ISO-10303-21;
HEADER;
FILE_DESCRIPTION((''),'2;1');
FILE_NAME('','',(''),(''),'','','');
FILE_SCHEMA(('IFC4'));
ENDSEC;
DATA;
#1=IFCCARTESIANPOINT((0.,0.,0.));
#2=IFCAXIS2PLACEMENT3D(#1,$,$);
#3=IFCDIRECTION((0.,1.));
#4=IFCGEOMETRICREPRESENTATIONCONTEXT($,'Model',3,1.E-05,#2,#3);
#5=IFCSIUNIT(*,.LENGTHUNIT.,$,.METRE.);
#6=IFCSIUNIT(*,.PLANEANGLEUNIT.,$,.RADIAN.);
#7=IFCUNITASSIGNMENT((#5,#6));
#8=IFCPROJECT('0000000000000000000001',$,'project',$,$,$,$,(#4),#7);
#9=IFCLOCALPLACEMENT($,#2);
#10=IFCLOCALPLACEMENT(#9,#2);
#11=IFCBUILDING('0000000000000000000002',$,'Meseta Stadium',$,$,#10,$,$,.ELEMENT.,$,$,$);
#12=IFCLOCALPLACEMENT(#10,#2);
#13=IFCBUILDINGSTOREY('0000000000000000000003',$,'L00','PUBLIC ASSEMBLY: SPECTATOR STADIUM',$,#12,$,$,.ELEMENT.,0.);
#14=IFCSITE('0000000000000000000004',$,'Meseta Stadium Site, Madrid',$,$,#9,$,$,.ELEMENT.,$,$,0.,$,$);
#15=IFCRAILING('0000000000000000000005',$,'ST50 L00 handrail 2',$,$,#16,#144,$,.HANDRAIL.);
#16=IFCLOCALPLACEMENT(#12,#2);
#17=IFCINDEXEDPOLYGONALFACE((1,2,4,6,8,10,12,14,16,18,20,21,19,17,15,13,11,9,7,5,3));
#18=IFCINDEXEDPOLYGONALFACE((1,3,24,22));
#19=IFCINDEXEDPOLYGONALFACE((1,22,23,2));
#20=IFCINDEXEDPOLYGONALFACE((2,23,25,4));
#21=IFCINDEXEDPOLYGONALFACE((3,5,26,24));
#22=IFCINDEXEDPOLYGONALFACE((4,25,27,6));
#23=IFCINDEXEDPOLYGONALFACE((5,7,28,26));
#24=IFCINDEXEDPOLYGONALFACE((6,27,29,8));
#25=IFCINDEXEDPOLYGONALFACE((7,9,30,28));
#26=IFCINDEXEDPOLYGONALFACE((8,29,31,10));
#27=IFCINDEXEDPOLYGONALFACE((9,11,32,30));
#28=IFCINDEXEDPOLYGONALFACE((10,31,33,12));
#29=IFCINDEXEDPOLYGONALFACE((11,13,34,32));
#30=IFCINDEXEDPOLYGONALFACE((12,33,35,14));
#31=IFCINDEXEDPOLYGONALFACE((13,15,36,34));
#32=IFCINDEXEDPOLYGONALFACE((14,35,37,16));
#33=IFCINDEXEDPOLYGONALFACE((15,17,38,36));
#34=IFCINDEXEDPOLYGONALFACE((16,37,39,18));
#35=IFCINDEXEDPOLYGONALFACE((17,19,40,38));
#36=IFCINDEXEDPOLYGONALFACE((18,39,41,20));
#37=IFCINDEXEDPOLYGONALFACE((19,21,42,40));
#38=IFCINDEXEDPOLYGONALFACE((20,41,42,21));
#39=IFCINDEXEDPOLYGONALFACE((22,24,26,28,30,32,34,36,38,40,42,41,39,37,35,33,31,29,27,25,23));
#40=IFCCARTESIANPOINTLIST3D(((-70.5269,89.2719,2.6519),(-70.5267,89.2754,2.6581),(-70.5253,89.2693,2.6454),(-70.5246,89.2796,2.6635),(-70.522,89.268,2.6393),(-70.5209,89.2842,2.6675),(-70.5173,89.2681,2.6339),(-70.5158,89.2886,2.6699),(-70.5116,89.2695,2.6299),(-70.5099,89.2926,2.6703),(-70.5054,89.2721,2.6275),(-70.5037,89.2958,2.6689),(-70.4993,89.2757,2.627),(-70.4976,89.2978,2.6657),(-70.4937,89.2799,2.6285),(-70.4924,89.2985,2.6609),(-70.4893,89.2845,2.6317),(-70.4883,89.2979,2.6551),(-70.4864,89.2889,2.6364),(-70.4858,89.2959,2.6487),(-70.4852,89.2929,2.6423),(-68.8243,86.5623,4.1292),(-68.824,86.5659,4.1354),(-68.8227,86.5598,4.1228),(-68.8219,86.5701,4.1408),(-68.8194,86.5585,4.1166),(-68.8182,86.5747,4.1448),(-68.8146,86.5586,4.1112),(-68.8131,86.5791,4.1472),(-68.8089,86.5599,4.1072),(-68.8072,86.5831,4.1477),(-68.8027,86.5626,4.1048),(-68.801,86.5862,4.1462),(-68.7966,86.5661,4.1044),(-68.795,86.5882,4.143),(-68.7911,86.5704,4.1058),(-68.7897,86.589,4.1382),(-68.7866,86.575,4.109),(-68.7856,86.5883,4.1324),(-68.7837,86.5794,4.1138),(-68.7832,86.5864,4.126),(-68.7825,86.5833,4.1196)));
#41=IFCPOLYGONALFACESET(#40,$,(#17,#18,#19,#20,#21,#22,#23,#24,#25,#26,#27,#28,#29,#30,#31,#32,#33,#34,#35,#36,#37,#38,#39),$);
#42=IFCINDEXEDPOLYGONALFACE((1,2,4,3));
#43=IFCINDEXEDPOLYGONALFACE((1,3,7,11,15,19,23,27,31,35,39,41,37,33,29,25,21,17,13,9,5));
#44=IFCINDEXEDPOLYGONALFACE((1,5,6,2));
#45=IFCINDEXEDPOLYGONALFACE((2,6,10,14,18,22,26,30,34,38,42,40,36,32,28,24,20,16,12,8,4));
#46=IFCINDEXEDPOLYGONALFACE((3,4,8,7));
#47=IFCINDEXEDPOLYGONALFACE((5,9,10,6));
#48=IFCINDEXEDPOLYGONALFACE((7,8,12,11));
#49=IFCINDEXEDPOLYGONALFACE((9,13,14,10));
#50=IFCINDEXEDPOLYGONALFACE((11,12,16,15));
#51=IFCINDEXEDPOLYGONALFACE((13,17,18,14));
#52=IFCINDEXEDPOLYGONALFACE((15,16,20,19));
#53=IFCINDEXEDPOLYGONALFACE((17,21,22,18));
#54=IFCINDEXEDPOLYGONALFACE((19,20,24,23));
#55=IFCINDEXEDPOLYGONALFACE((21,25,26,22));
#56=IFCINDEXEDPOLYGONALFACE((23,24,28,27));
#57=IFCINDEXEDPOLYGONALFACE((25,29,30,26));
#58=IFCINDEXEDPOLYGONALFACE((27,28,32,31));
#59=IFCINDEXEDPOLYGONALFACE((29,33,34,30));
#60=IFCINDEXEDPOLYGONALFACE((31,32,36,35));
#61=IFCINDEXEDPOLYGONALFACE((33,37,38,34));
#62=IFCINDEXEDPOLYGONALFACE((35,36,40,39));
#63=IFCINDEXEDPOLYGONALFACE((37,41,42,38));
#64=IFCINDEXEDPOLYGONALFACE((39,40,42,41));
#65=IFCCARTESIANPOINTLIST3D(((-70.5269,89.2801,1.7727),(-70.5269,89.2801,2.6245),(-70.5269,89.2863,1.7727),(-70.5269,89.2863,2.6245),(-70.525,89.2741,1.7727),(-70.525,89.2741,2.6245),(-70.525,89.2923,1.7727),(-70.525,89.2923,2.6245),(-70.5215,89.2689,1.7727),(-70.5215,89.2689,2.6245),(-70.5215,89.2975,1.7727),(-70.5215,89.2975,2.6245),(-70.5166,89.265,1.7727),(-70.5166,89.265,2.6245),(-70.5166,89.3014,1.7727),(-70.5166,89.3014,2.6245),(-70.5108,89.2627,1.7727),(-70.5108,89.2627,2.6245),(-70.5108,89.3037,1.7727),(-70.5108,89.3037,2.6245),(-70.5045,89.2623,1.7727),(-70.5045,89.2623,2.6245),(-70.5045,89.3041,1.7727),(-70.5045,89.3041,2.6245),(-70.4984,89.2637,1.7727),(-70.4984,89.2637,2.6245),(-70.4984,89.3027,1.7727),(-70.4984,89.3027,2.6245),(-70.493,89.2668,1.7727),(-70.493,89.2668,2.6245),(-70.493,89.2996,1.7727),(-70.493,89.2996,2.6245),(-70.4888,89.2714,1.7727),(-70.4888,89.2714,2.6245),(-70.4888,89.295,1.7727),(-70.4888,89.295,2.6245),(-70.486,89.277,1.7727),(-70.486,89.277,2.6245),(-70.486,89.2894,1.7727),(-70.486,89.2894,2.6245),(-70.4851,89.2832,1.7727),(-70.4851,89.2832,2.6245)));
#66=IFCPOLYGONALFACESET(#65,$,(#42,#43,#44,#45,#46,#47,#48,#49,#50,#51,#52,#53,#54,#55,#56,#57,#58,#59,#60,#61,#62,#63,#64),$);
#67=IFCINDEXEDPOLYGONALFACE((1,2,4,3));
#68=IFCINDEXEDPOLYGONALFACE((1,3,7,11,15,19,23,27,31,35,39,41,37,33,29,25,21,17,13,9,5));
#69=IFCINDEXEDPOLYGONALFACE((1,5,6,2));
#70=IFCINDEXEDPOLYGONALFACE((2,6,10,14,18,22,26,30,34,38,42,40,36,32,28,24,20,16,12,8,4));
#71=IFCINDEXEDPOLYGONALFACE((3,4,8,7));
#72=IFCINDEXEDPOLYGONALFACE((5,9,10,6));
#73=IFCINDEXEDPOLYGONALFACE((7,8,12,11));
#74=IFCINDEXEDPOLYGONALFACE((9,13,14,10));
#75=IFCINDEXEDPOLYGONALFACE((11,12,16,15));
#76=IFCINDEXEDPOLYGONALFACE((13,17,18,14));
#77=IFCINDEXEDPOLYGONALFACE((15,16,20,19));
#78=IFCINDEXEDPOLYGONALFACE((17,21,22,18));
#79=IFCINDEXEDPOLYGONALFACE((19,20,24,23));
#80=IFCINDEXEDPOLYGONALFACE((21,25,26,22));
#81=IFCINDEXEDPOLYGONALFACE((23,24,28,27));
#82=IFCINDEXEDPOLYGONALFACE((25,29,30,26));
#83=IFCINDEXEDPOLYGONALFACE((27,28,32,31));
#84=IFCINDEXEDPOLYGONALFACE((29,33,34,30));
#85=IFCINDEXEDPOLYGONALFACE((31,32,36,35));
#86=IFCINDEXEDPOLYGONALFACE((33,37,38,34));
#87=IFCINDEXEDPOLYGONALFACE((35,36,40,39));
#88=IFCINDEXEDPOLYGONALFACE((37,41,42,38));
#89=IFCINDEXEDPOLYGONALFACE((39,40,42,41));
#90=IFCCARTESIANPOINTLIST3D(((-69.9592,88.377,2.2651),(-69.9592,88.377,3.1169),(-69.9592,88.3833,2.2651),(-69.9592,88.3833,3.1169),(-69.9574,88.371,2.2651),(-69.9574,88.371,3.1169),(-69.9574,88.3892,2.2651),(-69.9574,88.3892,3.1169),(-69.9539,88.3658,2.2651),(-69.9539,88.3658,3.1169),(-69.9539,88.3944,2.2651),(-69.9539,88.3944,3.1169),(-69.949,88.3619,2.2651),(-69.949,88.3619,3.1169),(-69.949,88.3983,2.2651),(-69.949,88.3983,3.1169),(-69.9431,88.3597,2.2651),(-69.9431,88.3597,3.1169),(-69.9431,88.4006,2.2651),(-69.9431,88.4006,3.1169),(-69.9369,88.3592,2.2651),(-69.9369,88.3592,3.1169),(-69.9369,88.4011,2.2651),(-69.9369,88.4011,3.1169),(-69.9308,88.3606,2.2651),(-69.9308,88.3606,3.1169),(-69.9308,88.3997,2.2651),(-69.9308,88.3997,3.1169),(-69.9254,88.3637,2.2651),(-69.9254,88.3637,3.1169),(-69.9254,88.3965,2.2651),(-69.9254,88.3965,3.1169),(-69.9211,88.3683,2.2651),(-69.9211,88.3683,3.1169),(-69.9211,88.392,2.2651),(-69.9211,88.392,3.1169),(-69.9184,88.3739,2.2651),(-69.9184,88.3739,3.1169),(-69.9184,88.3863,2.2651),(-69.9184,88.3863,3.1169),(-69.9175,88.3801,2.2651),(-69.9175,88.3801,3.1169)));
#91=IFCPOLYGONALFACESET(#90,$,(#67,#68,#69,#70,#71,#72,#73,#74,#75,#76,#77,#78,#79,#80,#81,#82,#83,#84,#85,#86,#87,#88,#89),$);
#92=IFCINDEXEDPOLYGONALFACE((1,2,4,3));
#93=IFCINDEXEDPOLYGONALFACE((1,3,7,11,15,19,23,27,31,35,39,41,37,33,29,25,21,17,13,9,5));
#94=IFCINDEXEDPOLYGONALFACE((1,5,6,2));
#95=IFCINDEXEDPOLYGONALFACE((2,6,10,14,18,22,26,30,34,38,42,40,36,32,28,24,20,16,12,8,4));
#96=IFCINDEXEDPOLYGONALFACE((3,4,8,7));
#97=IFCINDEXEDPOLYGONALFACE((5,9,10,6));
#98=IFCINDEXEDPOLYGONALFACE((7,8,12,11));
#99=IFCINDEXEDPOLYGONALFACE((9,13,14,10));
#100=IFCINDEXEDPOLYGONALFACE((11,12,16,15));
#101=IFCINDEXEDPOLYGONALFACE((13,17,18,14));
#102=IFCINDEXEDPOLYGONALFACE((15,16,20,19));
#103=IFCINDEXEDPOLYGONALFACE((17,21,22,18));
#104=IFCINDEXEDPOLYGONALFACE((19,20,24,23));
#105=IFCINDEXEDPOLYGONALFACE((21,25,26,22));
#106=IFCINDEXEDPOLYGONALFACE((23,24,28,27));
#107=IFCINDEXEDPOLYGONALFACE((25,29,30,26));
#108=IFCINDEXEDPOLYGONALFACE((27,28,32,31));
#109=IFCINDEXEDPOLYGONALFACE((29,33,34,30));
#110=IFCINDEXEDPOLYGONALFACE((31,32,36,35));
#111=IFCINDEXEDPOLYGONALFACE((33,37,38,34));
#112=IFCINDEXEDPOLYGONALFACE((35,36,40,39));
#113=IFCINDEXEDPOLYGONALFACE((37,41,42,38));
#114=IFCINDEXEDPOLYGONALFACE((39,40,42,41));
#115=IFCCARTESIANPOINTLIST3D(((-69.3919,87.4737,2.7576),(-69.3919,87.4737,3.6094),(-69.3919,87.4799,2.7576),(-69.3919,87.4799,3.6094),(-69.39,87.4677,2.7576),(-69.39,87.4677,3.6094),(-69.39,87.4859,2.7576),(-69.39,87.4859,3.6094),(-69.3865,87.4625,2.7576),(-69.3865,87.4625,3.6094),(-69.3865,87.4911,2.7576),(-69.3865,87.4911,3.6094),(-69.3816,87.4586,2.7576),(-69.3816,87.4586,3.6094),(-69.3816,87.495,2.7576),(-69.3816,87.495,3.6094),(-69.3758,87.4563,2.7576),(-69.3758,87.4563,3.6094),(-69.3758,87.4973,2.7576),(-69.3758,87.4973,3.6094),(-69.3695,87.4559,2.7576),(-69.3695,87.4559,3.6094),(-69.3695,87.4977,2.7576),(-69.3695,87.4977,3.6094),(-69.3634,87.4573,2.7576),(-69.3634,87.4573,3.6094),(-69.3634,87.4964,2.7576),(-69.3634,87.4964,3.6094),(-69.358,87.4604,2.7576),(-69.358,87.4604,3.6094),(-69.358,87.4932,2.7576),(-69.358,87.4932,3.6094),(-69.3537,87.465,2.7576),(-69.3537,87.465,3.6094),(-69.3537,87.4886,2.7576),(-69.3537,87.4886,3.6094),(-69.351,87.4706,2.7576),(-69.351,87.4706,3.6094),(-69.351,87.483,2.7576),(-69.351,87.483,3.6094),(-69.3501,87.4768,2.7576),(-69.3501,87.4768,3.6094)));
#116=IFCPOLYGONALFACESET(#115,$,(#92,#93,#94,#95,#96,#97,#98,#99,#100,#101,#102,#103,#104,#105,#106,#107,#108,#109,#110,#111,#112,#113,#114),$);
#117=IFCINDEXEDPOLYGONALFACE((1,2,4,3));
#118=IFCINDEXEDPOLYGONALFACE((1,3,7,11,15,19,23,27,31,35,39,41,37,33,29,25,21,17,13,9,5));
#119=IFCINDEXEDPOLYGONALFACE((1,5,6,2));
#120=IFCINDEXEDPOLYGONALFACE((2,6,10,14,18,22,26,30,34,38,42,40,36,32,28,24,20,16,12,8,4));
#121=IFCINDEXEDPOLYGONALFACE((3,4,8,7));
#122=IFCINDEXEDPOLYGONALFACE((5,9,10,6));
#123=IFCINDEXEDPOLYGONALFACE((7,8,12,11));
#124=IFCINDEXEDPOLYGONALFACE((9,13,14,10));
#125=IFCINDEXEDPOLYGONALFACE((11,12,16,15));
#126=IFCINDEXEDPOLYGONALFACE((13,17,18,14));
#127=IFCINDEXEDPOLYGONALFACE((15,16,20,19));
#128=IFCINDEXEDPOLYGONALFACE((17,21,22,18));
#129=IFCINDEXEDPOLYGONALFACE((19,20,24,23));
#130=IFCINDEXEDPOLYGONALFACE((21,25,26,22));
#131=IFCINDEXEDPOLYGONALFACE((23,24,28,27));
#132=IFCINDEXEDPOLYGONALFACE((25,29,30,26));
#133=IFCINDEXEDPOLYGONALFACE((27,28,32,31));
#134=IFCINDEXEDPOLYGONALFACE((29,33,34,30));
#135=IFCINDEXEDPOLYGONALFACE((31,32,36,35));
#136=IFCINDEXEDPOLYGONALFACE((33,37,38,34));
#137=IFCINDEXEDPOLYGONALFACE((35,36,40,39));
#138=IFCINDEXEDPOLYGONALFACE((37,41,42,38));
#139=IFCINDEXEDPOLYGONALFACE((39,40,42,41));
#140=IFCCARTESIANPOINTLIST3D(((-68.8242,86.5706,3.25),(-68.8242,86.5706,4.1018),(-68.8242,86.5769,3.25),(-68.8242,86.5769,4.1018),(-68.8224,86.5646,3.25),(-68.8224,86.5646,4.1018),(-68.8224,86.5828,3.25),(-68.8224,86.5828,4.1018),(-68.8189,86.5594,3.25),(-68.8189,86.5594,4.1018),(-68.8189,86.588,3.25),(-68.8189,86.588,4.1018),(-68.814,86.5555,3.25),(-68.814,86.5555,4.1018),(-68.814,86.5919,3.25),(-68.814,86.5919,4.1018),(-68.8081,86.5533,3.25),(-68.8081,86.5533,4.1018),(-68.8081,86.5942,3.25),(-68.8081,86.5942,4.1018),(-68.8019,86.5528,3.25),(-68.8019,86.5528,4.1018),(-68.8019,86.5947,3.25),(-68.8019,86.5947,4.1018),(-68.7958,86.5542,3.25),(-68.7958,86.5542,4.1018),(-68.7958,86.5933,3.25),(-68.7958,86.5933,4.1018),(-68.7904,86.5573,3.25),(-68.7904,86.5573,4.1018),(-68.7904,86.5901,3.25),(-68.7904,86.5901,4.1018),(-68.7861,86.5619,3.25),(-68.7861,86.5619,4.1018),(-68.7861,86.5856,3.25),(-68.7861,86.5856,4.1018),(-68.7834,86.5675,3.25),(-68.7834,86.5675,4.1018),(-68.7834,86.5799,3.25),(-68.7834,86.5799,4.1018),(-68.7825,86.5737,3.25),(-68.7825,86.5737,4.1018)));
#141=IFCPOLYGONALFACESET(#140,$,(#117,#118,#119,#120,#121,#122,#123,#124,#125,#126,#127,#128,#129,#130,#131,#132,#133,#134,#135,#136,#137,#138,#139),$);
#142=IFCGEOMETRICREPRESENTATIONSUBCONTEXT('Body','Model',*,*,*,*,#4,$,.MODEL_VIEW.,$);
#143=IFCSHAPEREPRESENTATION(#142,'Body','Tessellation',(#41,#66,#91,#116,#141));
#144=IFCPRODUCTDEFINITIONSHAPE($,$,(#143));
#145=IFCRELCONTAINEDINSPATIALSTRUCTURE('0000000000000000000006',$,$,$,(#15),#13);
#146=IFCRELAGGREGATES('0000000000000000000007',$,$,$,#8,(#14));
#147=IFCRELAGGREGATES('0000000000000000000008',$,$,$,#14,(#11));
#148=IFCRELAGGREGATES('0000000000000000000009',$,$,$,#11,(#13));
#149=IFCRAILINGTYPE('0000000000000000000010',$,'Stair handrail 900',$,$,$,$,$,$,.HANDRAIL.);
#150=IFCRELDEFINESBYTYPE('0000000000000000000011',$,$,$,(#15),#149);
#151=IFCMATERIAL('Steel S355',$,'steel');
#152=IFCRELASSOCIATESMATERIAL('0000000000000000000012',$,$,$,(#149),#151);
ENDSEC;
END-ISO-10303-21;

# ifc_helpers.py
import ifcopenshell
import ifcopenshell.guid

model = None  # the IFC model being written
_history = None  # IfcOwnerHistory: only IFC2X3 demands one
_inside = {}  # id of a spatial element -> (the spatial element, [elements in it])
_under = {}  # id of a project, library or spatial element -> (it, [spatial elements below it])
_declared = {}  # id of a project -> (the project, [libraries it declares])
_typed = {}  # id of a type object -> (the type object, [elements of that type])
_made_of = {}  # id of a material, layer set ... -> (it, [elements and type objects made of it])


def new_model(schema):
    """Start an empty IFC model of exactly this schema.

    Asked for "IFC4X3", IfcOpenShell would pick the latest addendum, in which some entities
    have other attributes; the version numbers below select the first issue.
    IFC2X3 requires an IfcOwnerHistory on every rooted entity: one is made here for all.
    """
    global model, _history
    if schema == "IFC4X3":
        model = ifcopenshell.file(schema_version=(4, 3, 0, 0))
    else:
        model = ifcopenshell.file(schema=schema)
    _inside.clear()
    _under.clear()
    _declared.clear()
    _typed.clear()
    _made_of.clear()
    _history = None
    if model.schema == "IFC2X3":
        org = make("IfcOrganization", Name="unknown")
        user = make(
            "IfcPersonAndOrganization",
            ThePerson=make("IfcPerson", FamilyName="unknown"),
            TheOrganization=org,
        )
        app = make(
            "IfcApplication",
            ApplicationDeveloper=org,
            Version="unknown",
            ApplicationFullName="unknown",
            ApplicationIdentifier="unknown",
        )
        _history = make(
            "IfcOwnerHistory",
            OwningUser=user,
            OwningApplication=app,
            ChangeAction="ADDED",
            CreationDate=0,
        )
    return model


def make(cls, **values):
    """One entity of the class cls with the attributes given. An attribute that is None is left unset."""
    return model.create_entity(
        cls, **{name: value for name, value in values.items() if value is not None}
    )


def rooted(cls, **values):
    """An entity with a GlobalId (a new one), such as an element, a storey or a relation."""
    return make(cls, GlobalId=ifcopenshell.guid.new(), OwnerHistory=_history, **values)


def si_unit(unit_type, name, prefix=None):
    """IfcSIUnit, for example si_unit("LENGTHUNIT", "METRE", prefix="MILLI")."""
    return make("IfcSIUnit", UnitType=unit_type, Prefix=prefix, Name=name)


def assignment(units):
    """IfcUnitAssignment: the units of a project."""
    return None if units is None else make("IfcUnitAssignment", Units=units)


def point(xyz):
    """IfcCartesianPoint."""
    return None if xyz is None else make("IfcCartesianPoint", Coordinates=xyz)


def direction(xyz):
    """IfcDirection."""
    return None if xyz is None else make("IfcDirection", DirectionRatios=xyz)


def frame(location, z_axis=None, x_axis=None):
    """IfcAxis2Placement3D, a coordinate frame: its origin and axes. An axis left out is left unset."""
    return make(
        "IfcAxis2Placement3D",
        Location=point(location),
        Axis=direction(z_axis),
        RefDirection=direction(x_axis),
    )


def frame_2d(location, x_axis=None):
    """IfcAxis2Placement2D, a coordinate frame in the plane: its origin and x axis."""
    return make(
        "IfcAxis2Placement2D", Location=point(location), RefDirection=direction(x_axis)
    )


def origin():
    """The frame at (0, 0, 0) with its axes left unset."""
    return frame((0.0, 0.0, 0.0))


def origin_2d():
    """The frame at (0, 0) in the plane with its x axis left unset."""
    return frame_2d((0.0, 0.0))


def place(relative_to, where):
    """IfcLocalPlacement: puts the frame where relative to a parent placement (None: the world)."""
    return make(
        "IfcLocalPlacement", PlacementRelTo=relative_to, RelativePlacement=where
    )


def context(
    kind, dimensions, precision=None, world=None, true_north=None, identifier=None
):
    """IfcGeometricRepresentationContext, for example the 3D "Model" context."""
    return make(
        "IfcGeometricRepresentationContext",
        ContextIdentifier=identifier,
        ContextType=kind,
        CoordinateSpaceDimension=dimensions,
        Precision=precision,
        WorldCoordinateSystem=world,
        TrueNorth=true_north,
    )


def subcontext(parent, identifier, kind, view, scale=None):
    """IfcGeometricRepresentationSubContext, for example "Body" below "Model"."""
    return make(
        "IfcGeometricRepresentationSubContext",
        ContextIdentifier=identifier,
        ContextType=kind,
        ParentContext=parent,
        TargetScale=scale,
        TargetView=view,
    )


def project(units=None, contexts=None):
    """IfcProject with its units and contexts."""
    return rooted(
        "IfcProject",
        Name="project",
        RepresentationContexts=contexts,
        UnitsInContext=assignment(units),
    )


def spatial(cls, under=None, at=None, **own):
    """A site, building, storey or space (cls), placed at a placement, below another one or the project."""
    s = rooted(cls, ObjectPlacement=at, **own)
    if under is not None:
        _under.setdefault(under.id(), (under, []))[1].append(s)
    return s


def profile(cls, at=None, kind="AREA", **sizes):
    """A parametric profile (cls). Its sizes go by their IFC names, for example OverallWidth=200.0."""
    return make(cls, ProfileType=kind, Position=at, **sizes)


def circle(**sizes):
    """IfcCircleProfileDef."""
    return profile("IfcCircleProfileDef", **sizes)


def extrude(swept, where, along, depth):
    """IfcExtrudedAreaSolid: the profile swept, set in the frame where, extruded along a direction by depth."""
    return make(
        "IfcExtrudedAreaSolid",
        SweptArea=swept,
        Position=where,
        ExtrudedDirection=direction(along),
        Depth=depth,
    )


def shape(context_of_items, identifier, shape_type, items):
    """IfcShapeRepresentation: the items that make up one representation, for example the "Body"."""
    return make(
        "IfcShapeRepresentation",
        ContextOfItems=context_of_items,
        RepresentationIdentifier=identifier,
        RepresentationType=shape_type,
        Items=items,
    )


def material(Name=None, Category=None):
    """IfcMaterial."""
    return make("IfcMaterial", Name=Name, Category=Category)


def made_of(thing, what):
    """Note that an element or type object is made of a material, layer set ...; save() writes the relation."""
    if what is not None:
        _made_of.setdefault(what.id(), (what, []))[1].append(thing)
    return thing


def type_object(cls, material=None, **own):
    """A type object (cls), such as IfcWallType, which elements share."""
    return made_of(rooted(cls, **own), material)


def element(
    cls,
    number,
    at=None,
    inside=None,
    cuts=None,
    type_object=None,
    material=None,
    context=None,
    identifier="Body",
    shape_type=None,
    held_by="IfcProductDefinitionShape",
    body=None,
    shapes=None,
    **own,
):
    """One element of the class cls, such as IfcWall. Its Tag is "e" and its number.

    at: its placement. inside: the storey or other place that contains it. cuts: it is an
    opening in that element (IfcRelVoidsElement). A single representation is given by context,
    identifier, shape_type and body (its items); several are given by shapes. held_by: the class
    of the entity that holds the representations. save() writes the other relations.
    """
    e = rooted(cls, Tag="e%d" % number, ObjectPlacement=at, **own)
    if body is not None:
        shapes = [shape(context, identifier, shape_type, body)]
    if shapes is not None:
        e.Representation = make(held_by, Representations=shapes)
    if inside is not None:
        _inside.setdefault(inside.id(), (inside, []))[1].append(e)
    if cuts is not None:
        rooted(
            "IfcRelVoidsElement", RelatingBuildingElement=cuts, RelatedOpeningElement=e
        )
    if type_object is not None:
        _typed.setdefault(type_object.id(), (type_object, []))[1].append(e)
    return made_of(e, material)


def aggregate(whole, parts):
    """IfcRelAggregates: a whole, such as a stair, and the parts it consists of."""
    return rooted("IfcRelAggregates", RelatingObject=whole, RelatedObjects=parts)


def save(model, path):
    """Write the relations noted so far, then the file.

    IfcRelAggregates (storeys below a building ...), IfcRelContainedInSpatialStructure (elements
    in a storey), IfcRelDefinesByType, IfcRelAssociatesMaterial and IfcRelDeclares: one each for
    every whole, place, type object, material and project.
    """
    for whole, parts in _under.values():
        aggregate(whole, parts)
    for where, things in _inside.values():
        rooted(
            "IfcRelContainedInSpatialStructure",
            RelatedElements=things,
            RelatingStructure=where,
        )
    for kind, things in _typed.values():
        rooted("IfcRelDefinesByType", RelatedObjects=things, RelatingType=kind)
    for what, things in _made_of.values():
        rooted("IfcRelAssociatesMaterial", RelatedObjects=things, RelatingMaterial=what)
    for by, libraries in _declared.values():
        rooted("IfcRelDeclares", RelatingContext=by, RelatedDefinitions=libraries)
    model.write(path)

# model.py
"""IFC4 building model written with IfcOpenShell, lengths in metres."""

from ifc_helpers import new_model, si_unit, direction, frame, origin, origin_2d, place, context, subcontext, project, spatial, circle, extrude, material, type_object, element, save


model = new_model("IFC4")

# Units and contexts
model_context = context("Model", 3, precision=1e-05, world=origin(), true_north=direction((0.0, 1.0)))
body_context = subcontext(model_context, "Body", "Model", "MODEL_VIEW")
ifc_project = project(units=[si_unit("LENGTHUNIT", "METRE"), si_unit("PLANEANGLEUNIT", "RADIAN")], contexts=[model_context])

# Site, building, storey
site_placement = place(None, origin())
site = spatial("IfcSite", under=ifc_project, at=site_placement, Name="Meseta Stadium Site, Madrid", CompositionType="ELEMENT", RefElevation=0.0)
building_placement = place(site_placement, origin())
building = spatial("IfcBuilding", under=site, at=building_placement, Name="Meseta Stadium", CompositionType="ELEMENT")
storey_placement = place(building_placement, origin())
storey = spatial("IfcBuildingStorey", under=building, at=storey_placement, Name="L00", Description="PUBLIC ASSEMBLY: SPECTATOR STADIUM", CompositionType="ELEMENT", Elevation=0.0)

# Railing
ifc_material_1 = material(Name="Steel S355", Category="steel")
railing_type_1 = type_object("IfcRailingType", Name="Stair handrail 900", PredefinedType="HANDRAIL", material=ifc_material_1)
for number, where, name in (
    (1, (-70.5061, 89.2832, 1.7727), "ST50 L00 handrail 2"),
):
    element("IfcRailing", number, at=place(storey_placement, frame(where)), inside=storey, type_object=railing_type_1, Name=name, PredefinedType="HANDRAIL", context=body_context, shape_type="SweptSolid", body=[
        extrude(circle(Radius=0.0239, at=origin_2d()), frame((0.0, 0.0, 0.876), z_axis=(0.483076, -0.768738, 0.419142), x_axis=(0.846701, 0.532068, 0.0)), (0.0, 0.0, 1.0), 3.5247),
        extrude(circle(Radius=0.021, at=origin_2d()), origin(), (0.0, 0.0, 1.0), 0.8518),
        extrude(circle(Radius=0.021, at=origin_2d()), frame((0.5676, -0.9031, 0.4924)), (0.0, 0.0, 1.0), 0.8518),
        extrude(circle(Radius=0.021, at=origin_2d()), frame((1.135, -1.8064, 0.9849)), (0.0, 0.0, 1.0), 0.8518),
        extrude(circle(Radius=0.021, at=origin_2d()), frame((1.7026, -2.7095, 1.4773)), (0.0, 0.0, 1.0), 0.8518),
    ])

save(model, "model.ifc")
